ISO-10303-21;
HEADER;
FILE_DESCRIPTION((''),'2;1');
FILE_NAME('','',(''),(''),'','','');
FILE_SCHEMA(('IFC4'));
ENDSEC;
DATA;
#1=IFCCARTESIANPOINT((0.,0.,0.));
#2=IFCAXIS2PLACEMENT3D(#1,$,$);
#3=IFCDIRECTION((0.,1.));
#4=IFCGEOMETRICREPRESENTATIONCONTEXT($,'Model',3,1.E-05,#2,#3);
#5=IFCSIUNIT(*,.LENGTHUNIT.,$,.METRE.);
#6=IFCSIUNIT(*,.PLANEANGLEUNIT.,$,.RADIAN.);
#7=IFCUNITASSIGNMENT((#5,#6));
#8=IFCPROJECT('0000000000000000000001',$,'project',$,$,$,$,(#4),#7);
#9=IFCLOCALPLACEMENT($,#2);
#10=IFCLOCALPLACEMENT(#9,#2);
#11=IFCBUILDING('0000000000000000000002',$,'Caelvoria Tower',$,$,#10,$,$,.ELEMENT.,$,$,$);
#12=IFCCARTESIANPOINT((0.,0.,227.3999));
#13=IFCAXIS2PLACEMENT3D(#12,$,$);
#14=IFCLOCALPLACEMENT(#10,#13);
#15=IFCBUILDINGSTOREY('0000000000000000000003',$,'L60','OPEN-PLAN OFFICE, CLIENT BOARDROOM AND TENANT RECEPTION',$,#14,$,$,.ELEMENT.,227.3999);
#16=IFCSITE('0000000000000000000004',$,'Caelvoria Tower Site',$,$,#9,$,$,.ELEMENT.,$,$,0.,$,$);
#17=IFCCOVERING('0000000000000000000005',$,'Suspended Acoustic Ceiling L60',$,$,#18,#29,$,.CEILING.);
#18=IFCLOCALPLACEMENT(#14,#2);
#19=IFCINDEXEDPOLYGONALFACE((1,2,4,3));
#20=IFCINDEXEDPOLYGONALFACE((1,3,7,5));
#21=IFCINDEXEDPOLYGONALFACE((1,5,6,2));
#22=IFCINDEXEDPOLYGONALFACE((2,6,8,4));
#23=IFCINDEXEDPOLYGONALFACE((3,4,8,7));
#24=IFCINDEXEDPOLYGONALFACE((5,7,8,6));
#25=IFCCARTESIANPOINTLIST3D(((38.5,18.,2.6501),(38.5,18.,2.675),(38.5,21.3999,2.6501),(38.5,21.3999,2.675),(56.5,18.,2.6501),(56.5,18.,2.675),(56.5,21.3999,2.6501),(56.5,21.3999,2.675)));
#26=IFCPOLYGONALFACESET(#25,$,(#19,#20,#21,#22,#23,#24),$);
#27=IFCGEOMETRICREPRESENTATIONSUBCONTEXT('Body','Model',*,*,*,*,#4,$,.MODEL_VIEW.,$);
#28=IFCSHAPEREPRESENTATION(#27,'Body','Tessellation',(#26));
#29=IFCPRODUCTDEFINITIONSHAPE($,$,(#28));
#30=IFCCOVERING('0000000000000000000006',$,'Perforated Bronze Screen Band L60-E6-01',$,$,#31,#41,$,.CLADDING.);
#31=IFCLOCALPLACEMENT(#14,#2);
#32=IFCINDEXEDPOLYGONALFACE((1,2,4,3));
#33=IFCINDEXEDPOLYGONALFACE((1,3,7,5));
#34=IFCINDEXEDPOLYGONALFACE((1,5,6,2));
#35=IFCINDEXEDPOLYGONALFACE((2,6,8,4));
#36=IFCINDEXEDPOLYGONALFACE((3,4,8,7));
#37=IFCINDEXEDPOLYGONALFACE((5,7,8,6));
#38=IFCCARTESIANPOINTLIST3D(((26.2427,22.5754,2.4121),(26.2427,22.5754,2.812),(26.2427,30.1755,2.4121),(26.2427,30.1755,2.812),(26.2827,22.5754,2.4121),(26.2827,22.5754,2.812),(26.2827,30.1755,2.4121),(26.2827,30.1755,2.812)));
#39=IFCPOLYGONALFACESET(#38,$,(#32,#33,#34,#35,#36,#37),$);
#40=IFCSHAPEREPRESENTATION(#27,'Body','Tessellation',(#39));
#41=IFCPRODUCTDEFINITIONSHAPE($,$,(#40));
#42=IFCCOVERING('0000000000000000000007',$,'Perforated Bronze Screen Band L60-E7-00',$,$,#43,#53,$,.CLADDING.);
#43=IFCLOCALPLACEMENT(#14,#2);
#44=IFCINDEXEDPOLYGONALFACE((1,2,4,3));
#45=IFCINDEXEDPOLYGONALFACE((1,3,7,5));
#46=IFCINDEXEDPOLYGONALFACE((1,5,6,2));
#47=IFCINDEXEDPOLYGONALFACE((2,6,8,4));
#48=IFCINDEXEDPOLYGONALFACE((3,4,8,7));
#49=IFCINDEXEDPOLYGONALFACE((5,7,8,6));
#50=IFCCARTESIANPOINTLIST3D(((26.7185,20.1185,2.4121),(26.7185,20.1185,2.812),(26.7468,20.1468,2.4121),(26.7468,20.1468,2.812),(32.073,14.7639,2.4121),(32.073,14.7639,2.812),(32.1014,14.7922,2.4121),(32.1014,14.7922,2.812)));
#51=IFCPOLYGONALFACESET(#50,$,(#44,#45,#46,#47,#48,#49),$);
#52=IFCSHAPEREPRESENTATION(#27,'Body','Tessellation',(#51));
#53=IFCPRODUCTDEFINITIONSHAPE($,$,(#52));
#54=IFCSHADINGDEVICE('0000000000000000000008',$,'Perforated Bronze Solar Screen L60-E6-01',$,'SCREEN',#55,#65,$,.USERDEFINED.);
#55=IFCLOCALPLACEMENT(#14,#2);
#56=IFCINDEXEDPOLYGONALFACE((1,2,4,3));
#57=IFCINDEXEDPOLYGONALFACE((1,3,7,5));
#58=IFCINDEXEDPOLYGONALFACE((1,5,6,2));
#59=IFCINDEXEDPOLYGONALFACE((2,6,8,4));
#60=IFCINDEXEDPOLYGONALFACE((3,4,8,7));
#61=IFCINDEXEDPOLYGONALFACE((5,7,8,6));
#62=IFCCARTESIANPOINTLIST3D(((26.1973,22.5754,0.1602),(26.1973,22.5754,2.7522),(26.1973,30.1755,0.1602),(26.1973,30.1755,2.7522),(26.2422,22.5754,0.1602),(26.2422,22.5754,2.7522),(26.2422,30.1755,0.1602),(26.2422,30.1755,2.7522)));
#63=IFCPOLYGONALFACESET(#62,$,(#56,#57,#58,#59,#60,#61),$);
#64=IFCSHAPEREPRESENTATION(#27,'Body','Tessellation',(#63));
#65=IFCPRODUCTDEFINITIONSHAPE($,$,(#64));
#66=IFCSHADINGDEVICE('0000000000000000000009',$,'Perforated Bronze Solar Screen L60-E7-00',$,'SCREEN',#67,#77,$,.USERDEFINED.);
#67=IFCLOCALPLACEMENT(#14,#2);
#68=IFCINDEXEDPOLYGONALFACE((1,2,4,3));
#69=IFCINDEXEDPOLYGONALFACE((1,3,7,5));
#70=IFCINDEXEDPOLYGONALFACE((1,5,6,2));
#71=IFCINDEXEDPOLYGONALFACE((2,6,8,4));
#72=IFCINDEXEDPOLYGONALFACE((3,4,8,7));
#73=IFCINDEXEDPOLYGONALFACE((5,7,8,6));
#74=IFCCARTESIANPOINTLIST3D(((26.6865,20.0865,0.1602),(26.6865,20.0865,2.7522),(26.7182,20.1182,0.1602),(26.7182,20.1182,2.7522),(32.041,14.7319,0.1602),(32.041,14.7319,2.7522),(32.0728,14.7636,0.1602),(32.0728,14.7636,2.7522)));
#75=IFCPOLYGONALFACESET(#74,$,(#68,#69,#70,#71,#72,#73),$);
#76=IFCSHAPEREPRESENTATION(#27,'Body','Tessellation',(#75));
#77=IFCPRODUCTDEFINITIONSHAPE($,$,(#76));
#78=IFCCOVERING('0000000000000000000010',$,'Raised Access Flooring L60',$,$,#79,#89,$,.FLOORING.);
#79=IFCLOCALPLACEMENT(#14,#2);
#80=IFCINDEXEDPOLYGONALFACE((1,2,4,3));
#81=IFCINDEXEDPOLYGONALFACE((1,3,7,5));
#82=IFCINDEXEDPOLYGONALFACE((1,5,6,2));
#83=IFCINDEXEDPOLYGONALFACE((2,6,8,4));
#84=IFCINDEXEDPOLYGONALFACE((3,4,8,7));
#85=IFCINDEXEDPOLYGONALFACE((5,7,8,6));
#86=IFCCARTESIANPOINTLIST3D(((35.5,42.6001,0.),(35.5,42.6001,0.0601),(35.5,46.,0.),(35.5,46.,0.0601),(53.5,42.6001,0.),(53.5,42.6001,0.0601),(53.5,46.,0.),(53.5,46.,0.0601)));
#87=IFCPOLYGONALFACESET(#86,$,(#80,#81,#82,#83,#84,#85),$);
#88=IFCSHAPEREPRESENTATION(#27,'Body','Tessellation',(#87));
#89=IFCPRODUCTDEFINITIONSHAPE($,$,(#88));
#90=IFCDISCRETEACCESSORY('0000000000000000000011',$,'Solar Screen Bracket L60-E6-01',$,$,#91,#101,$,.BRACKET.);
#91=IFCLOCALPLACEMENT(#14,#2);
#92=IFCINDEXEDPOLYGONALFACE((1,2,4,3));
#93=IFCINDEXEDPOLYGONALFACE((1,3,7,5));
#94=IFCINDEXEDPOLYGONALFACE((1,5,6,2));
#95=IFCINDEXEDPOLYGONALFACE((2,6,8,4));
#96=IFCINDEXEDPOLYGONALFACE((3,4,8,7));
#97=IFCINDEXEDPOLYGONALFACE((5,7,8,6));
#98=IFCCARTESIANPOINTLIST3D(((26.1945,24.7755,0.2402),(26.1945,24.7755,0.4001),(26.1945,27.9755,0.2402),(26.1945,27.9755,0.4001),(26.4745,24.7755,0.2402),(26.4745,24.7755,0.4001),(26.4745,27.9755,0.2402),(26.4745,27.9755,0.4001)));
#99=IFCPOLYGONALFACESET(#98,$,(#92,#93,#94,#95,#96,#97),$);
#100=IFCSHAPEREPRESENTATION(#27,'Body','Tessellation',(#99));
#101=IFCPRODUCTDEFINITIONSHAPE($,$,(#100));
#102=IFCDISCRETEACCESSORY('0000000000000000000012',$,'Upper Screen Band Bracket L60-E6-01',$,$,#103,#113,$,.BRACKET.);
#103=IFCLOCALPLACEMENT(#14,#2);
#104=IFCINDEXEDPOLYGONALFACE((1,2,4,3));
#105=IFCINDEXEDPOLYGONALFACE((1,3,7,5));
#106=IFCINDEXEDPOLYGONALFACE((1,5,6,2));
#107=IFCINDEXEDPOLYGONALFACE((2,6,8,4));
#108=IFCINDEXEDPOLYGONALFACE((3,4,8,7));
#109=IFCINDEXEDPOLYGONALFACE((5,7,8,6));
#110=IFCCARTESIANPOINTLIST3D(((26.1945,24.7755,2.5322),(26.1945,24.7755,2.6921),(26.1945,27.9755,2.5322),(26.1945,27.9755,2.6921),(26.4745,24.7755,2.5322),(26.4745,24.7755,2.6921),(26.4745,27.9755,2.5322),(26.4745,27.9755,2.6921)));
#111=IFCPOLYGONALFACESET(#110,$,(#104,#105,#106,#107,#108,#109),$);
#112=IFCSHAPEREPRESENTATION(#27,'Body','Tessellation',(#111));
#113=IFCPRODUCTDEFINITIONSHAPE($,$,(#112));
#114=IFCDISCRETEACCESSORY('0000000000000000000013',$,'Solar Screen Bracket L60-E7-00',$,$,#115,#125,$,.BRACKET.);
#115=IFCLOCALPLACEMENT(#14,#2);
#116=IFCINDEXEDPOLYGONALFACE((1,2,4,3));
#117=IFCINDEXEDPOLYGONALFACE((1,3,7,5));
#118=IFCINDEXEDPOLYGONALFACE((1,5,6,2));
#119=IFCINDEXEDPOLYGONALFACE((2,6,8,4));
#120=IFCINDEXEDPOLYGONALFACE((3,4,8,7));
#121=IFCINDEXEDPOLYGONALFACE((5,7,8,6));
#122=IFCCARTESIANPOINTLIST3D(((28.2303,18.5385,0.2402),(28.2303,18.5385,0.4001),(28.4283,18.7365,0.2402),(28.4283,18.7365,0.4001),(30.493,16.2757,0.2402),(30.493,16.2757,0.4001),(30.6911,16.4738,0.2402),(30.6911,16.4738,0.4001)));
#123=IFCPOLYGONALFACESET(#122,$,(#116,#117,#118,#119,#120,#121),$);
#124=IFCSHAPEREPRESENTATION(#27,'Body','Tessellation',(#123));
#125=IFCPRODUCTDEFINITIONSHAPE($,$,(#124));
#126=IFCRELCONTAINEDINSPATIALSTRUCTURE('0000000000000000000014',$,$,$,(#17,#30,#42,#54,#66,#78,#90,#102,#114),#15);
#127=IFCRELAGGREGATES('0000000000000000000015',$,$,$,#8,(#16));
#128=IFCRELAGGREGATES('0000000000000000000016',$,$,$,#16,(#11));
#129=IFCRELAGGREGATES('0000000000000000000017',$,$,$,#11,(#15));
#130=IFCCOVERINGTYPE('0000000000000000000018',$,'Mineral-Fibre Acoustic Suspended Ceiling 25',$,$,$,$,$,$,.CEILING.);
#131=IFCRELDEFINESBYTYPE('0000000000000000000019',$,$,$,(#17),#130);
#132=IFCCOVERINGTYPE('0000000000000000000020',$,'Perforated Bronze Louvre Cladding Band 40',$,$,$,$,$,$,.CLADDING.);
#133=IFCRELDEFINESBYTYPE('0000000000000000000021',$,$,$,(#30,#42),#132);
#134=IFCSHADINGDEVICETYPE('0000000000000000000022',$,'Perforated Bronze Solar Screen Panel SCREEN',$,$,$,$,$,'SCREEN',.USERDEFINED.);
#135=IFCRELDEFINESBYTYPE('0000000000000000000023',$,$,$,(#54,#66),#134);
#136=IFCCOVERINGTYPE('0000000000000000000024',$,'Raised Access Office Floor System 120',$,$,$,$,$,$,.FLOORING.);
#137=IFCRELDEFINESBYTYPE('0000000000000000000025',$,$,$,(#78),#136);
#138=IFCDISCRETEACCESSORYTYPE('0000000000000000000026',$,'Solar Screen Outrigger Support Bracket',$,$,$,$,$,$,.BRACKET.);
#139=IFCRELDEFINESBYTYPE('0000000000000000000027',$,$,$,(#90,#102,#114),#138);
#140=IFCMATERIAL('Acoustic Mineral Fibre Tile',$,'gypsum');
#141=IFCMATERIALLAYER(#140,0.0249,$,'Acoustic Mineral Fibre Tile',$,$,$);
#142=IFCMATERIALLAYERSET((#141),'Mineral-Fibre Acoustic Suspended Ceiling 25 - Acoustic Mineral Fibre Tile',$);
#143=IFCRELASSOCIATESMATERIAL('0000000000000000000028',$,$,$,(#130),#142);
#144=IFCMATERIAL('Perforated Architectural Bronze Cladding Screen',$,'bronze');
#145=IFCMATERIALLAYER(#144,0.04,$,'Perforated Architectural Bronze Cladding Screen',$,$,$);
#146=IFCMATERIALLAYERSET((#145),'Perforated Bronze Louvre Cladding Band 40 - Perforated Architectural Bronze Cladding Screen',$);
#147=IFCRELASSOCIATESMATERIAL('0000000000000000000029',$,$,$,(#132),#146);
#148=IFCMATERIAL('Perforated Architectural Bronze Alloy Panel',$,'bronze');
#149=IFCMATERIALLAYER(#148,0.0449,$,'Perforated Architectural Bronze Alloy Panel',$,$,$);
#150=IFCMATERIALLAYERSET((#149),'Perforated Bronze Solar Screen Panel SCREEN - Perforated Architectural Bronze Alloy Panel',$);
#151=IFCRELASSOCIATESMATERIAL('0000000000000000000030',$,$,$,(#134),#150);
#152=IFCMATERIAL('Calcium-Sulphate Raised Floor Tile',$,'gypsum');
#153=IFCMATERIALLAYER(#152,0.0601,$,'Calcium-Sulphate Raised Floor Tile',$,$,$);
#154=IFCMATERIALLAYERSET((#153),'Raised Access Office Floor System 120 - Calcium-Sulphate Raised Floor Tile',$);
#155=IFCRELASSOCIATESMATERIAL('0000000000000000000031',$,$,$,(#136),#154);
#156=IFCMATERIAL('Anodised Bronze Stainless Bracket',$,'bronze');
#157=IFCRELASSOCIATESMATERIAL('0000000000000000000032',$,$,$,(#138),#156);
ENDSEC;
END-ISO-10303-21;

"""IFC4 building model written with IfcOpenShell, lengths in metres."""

from ifc_helpers import new_model, si_unit, direction, frame, origin, origin_2d, place, context, subcontext, project, spatial, polyline, rectangle, outline, extrude, material, layer, layer_set, type_object, element, save


model = new_model("IFC4")

# Units and contexts
model_context = context("Model", 3, precision=1e-05, world=origin(), true_north=direction((0.0, 1.0)))
body_context = subcontext(model_context, "Body", "Model", "MODEL_VIEW")
ifc_project = project(units=[si_unit("LENGTHUNIT", "METRE"), si_unit("PLANEANGLEUNIT", "RADIAN")], contexts=[model_context])

# Site, building, storey
site_placement = place(None, origin())
site = spatial("IfcSite", under=ifc_project, at=site_placement, Name="Caelvoria Tower Site", CompositionType="ELEMENT", RefElevation=0.0)
building_placement = place(site_placement, origin())
building = spatial("IfcBuilding", under=site, at=building_placement, Name="Caelvoria Tower", CompositionType="ELEMENT")
storey_placement = place(building_placement, frame((0.0, 0.0, 227.3999)))
storey = spatial("IfcBuildingStorey", under=building, at=storey_placement, Name="L60", Description="OPEN-PLAN OFFICE, CLIENT BOARDROOM AND TENANT RECEPTION", CompositionType="ELEMENT", Elevation=227.3999)

# Coverings
ifc_material_1 = material(Name="Acoustic Mineral Fibre Tile", Category="gypsum")
ifc_layer_1 = layer(ifc_material_1, 0.0249, Name="Acoustic Mineral Fibre Tile")
ifc_layer_set_1 = layer_set([ifc_layer_1], Name="Mineral-Fibre Acoustic Suspended Ceiling 25 - Acoustic Mineral Fibre Tile")
covering_type_1 = type_object("IfcCoveringType", Name="Mineral-Fibre Acoustic Suspended Ceiling 25", PredefinedType="CEILING", material=ifc_layer_set_1)
covering_1_placement = place(storey_placement, frame((0.0, 0.0, 2.6501)))
element("IfcCovering", 1, at=covering_1_placement, inside=storey, type_object=covering_type_1, Name="Suspended Acoustic Ceiling L60", PredefinedType="CEILING", context=body_context, shape_type="SweptSolid", body=[
    extrude(outline(polyline([(38.5, 18.0), (56.5, 18.0), (56.5, 21.3999), (38.5, 21.3999), (38.5, 18.0)])), origin(), (0.0, 0.0, 1.0), 0.0249),
])
ifc_material_2 = material(Name="Perforated Architectural Bronze Cladding Screen", Category="bronze")
ifc_layer_2 = layer(ifc_material_2, 0.04, Name="Perforated Architectural Bronze Cladding Screen")
ifc_layer_set_2 = layer_set([ifc_layer_2], Name="Perforated Bronze Louvre Cladding Band 40 - Perforated Architectural Bronze Cladding Screen")
covering_type_2 = type_object("IfcCoveringType", Name="Perforated Bronze Louvre Cladding Band 40", PredefinedType="CLADDING", material=ifc_layer_set_2)
covering_2_placement = place(storey_placement, frame((26.2627, 26.3755, 2.4121), z_axis=(0.0, 0.0, 1.0), x_axis=(0.0, -1.0, 0.0)))
element("IfcCovering", 2, at=covering_2_placement, inside=storey, type_object=covering_type_2, Name="Perforated Bronze Screen Band L60-E6-01", PredefinedType="CLADDING", context=body_context, shape_type="SweptSolid", body=[
    extrude(rectangle(XDim=7.6001, YDim=0.04, at=origin_2d()), origin(), (0.0, 0.0, 1.0), 0.3999),
])
covering_3_placement = place(storey_placement, frame((29.4099, 17.4553, 2.4121), z_axis=(0.0, 0.0, 1.0), x_axis=(0.707107, -0.707107, 0.0)))
element("IfcCovering", 3, at=covering_3_placement, inside=storey, type_object=covering_type_2, Name="Perforated Bronze Screen Band L60-E7-00", PredefinedType="CLADDING", context=body_context, shape_type="SweptSolid", body=[
    extrude(rectangle(XDim=7.5725, YDim=0.04, at=origin_2d()), origin(), (0.0, 0.0, 1.0), 0.3999),
])

# Shading devices
ifc_material_3 = material(Name="Perforated Architectural Bronze Alloy Panel", Category="bronze")
ifc_layer_3 = layer(ifc_material_3, 0.0449, Name="Perforated Architectural Bronze Alloy Panel")
ifc_layer_set_3 = layer_set([ifc_layer_3], Name="Perforated Bronze Solar Screen Panel SCREEN - Perforated Architectural Bronze Alloy Panel")
shading_device_type = type_object("IfcShadingDeviceType", Name="Perforated Bronze Solar Screen Panel SCREEN", ElementType="SCREEN", PredefinedType="USERDEFINED", material=ifc_layer_set_3)
shading_device_1_placement = place(storey_placement, frame((26.2197, 26.3755, 0.1602), z_axis=(0.0, 0.0, 1.0), x_axis=(0.0, -1.0, 0.0)))
element("IfcShadingDevice", 4, at=shading_device_1_placement, inside=storey, type_object=shading_device_type, Name="Perforated Bronze Solar Screen L60-E6-01", ObjectType="SCREEN", PredefinedType="USERDEFINED", context=body_context, shape_type="SweptSolid", body=[
    extrude(rectangle(XDim=7.6001, YDim=0.0449, at=origin_2d()), origin(), (0.0, 0.0, 1.0), 2.592),
])
shading_device_2_placement = place(storey_placement, frame((29.3796, 17.425, 0.1602), z_axis=(0.0, 0.0, 1.0), x_axis=(0.707107, -0.707107, 0.0)))
element("IfcShadingDevice", 5, at=shading_device_2_placement, inside=storey, type_object=shading_device_type, Name="Perforated Bronze Solar Screen L60-E7-00", ObjectType="SCREEN", PredefinedType="USERDEFINED", context=body_context, shape_type="SweptSolid", body=[
    extrude(rectangle(XDim=7.5725, YDim=0.0449, at=origin_2d()), origin(), (0.0, 0.0, 1.0), 2.592),
])

# Covering
ifc_material_4 = material(Name="Calcium-Sulphate Raised Floor Tile", Category="gypsum")
ifc_layer_4 = layer(ifc_material_4, 0.0601, Name="Calcium-Sulphate Raised Floor Tile")
ifc_layer_set_4 = layer_set([ifc_layer_4], Name="Raised Access Office Floor System 120 - Calcium-Sulphate Raised Floor Tile")
covering_type_3 = type_object("IfcCoveringType", Name="Raised Access Office Floor System 120", PredefinedType="FLOORING", material=ifc_layer_set_4)
covering_4_placement = place(storey_placement, origin())
element("IfcCovering", 6, at=covering_4_placement, inside=storey, type_object=covering_type_3, Name="Raised Access Flooring L60", PredefinedType="FLOORING", context=body_context, shape_type="SweptSolid", body=[
    extrude(outline(polyline([(35.5, 42.6001), (53.5, 42.6001), (53.5, 46.0), (35.5, 46.0), (35.5, 42.6001)])), origin(), (0.0, 0.0, 1.0), 0.0601),
])

# Discrete accessories
ifc_material_5 = material(Name="Anodised Bronze Stainless Bracket", Category="bronze")
discrete_accessory_type = type_object("IfcDiscreteAccessoryType", Name="Solar Screen Outrigger Support Bracket", PredefinedType="BRACKET", material=ifc_material_5)
for number, where, z_axis, x_axis, name in (
    (7, (26.3345, 26.3755, 0.2402), (0.0, 0.0, 1.0), (0.0, -1.0, 0.0), "Solar Screen Bracket L60-E6-01"),
    (8, (26.3345, 26.3755, 2.5322), (0.0, 0.0, 1.0), (0.0, -1.0, 0.0), "Upper Screen Band Bracket L60-E6-01"),
    (9, (29.4607, 17.5061, 0.2402), (0.0, 0.0, 1.0), (0.707107, -0.707107, 0.0), "Solar Screen Bracket L60-E7-00"),
):
    element("IfcDiscreteAccessory", number, at=place(storey_placement, frame(where, z_axis=z_axis, x_axis=x_axis)), inside=storey, type_object=discrete_accessory_type, Name=name, PredefinedType="BRACKET", context=body_context, shape_type="SweptSolid", body=[
        extrude(rectangle(XDim=3.2, YDim=0.28, at=origin_2d()), origin(), (0.0, 0.0, 1.0), 0.1599),
    ])

save(model, "model.ifc")
